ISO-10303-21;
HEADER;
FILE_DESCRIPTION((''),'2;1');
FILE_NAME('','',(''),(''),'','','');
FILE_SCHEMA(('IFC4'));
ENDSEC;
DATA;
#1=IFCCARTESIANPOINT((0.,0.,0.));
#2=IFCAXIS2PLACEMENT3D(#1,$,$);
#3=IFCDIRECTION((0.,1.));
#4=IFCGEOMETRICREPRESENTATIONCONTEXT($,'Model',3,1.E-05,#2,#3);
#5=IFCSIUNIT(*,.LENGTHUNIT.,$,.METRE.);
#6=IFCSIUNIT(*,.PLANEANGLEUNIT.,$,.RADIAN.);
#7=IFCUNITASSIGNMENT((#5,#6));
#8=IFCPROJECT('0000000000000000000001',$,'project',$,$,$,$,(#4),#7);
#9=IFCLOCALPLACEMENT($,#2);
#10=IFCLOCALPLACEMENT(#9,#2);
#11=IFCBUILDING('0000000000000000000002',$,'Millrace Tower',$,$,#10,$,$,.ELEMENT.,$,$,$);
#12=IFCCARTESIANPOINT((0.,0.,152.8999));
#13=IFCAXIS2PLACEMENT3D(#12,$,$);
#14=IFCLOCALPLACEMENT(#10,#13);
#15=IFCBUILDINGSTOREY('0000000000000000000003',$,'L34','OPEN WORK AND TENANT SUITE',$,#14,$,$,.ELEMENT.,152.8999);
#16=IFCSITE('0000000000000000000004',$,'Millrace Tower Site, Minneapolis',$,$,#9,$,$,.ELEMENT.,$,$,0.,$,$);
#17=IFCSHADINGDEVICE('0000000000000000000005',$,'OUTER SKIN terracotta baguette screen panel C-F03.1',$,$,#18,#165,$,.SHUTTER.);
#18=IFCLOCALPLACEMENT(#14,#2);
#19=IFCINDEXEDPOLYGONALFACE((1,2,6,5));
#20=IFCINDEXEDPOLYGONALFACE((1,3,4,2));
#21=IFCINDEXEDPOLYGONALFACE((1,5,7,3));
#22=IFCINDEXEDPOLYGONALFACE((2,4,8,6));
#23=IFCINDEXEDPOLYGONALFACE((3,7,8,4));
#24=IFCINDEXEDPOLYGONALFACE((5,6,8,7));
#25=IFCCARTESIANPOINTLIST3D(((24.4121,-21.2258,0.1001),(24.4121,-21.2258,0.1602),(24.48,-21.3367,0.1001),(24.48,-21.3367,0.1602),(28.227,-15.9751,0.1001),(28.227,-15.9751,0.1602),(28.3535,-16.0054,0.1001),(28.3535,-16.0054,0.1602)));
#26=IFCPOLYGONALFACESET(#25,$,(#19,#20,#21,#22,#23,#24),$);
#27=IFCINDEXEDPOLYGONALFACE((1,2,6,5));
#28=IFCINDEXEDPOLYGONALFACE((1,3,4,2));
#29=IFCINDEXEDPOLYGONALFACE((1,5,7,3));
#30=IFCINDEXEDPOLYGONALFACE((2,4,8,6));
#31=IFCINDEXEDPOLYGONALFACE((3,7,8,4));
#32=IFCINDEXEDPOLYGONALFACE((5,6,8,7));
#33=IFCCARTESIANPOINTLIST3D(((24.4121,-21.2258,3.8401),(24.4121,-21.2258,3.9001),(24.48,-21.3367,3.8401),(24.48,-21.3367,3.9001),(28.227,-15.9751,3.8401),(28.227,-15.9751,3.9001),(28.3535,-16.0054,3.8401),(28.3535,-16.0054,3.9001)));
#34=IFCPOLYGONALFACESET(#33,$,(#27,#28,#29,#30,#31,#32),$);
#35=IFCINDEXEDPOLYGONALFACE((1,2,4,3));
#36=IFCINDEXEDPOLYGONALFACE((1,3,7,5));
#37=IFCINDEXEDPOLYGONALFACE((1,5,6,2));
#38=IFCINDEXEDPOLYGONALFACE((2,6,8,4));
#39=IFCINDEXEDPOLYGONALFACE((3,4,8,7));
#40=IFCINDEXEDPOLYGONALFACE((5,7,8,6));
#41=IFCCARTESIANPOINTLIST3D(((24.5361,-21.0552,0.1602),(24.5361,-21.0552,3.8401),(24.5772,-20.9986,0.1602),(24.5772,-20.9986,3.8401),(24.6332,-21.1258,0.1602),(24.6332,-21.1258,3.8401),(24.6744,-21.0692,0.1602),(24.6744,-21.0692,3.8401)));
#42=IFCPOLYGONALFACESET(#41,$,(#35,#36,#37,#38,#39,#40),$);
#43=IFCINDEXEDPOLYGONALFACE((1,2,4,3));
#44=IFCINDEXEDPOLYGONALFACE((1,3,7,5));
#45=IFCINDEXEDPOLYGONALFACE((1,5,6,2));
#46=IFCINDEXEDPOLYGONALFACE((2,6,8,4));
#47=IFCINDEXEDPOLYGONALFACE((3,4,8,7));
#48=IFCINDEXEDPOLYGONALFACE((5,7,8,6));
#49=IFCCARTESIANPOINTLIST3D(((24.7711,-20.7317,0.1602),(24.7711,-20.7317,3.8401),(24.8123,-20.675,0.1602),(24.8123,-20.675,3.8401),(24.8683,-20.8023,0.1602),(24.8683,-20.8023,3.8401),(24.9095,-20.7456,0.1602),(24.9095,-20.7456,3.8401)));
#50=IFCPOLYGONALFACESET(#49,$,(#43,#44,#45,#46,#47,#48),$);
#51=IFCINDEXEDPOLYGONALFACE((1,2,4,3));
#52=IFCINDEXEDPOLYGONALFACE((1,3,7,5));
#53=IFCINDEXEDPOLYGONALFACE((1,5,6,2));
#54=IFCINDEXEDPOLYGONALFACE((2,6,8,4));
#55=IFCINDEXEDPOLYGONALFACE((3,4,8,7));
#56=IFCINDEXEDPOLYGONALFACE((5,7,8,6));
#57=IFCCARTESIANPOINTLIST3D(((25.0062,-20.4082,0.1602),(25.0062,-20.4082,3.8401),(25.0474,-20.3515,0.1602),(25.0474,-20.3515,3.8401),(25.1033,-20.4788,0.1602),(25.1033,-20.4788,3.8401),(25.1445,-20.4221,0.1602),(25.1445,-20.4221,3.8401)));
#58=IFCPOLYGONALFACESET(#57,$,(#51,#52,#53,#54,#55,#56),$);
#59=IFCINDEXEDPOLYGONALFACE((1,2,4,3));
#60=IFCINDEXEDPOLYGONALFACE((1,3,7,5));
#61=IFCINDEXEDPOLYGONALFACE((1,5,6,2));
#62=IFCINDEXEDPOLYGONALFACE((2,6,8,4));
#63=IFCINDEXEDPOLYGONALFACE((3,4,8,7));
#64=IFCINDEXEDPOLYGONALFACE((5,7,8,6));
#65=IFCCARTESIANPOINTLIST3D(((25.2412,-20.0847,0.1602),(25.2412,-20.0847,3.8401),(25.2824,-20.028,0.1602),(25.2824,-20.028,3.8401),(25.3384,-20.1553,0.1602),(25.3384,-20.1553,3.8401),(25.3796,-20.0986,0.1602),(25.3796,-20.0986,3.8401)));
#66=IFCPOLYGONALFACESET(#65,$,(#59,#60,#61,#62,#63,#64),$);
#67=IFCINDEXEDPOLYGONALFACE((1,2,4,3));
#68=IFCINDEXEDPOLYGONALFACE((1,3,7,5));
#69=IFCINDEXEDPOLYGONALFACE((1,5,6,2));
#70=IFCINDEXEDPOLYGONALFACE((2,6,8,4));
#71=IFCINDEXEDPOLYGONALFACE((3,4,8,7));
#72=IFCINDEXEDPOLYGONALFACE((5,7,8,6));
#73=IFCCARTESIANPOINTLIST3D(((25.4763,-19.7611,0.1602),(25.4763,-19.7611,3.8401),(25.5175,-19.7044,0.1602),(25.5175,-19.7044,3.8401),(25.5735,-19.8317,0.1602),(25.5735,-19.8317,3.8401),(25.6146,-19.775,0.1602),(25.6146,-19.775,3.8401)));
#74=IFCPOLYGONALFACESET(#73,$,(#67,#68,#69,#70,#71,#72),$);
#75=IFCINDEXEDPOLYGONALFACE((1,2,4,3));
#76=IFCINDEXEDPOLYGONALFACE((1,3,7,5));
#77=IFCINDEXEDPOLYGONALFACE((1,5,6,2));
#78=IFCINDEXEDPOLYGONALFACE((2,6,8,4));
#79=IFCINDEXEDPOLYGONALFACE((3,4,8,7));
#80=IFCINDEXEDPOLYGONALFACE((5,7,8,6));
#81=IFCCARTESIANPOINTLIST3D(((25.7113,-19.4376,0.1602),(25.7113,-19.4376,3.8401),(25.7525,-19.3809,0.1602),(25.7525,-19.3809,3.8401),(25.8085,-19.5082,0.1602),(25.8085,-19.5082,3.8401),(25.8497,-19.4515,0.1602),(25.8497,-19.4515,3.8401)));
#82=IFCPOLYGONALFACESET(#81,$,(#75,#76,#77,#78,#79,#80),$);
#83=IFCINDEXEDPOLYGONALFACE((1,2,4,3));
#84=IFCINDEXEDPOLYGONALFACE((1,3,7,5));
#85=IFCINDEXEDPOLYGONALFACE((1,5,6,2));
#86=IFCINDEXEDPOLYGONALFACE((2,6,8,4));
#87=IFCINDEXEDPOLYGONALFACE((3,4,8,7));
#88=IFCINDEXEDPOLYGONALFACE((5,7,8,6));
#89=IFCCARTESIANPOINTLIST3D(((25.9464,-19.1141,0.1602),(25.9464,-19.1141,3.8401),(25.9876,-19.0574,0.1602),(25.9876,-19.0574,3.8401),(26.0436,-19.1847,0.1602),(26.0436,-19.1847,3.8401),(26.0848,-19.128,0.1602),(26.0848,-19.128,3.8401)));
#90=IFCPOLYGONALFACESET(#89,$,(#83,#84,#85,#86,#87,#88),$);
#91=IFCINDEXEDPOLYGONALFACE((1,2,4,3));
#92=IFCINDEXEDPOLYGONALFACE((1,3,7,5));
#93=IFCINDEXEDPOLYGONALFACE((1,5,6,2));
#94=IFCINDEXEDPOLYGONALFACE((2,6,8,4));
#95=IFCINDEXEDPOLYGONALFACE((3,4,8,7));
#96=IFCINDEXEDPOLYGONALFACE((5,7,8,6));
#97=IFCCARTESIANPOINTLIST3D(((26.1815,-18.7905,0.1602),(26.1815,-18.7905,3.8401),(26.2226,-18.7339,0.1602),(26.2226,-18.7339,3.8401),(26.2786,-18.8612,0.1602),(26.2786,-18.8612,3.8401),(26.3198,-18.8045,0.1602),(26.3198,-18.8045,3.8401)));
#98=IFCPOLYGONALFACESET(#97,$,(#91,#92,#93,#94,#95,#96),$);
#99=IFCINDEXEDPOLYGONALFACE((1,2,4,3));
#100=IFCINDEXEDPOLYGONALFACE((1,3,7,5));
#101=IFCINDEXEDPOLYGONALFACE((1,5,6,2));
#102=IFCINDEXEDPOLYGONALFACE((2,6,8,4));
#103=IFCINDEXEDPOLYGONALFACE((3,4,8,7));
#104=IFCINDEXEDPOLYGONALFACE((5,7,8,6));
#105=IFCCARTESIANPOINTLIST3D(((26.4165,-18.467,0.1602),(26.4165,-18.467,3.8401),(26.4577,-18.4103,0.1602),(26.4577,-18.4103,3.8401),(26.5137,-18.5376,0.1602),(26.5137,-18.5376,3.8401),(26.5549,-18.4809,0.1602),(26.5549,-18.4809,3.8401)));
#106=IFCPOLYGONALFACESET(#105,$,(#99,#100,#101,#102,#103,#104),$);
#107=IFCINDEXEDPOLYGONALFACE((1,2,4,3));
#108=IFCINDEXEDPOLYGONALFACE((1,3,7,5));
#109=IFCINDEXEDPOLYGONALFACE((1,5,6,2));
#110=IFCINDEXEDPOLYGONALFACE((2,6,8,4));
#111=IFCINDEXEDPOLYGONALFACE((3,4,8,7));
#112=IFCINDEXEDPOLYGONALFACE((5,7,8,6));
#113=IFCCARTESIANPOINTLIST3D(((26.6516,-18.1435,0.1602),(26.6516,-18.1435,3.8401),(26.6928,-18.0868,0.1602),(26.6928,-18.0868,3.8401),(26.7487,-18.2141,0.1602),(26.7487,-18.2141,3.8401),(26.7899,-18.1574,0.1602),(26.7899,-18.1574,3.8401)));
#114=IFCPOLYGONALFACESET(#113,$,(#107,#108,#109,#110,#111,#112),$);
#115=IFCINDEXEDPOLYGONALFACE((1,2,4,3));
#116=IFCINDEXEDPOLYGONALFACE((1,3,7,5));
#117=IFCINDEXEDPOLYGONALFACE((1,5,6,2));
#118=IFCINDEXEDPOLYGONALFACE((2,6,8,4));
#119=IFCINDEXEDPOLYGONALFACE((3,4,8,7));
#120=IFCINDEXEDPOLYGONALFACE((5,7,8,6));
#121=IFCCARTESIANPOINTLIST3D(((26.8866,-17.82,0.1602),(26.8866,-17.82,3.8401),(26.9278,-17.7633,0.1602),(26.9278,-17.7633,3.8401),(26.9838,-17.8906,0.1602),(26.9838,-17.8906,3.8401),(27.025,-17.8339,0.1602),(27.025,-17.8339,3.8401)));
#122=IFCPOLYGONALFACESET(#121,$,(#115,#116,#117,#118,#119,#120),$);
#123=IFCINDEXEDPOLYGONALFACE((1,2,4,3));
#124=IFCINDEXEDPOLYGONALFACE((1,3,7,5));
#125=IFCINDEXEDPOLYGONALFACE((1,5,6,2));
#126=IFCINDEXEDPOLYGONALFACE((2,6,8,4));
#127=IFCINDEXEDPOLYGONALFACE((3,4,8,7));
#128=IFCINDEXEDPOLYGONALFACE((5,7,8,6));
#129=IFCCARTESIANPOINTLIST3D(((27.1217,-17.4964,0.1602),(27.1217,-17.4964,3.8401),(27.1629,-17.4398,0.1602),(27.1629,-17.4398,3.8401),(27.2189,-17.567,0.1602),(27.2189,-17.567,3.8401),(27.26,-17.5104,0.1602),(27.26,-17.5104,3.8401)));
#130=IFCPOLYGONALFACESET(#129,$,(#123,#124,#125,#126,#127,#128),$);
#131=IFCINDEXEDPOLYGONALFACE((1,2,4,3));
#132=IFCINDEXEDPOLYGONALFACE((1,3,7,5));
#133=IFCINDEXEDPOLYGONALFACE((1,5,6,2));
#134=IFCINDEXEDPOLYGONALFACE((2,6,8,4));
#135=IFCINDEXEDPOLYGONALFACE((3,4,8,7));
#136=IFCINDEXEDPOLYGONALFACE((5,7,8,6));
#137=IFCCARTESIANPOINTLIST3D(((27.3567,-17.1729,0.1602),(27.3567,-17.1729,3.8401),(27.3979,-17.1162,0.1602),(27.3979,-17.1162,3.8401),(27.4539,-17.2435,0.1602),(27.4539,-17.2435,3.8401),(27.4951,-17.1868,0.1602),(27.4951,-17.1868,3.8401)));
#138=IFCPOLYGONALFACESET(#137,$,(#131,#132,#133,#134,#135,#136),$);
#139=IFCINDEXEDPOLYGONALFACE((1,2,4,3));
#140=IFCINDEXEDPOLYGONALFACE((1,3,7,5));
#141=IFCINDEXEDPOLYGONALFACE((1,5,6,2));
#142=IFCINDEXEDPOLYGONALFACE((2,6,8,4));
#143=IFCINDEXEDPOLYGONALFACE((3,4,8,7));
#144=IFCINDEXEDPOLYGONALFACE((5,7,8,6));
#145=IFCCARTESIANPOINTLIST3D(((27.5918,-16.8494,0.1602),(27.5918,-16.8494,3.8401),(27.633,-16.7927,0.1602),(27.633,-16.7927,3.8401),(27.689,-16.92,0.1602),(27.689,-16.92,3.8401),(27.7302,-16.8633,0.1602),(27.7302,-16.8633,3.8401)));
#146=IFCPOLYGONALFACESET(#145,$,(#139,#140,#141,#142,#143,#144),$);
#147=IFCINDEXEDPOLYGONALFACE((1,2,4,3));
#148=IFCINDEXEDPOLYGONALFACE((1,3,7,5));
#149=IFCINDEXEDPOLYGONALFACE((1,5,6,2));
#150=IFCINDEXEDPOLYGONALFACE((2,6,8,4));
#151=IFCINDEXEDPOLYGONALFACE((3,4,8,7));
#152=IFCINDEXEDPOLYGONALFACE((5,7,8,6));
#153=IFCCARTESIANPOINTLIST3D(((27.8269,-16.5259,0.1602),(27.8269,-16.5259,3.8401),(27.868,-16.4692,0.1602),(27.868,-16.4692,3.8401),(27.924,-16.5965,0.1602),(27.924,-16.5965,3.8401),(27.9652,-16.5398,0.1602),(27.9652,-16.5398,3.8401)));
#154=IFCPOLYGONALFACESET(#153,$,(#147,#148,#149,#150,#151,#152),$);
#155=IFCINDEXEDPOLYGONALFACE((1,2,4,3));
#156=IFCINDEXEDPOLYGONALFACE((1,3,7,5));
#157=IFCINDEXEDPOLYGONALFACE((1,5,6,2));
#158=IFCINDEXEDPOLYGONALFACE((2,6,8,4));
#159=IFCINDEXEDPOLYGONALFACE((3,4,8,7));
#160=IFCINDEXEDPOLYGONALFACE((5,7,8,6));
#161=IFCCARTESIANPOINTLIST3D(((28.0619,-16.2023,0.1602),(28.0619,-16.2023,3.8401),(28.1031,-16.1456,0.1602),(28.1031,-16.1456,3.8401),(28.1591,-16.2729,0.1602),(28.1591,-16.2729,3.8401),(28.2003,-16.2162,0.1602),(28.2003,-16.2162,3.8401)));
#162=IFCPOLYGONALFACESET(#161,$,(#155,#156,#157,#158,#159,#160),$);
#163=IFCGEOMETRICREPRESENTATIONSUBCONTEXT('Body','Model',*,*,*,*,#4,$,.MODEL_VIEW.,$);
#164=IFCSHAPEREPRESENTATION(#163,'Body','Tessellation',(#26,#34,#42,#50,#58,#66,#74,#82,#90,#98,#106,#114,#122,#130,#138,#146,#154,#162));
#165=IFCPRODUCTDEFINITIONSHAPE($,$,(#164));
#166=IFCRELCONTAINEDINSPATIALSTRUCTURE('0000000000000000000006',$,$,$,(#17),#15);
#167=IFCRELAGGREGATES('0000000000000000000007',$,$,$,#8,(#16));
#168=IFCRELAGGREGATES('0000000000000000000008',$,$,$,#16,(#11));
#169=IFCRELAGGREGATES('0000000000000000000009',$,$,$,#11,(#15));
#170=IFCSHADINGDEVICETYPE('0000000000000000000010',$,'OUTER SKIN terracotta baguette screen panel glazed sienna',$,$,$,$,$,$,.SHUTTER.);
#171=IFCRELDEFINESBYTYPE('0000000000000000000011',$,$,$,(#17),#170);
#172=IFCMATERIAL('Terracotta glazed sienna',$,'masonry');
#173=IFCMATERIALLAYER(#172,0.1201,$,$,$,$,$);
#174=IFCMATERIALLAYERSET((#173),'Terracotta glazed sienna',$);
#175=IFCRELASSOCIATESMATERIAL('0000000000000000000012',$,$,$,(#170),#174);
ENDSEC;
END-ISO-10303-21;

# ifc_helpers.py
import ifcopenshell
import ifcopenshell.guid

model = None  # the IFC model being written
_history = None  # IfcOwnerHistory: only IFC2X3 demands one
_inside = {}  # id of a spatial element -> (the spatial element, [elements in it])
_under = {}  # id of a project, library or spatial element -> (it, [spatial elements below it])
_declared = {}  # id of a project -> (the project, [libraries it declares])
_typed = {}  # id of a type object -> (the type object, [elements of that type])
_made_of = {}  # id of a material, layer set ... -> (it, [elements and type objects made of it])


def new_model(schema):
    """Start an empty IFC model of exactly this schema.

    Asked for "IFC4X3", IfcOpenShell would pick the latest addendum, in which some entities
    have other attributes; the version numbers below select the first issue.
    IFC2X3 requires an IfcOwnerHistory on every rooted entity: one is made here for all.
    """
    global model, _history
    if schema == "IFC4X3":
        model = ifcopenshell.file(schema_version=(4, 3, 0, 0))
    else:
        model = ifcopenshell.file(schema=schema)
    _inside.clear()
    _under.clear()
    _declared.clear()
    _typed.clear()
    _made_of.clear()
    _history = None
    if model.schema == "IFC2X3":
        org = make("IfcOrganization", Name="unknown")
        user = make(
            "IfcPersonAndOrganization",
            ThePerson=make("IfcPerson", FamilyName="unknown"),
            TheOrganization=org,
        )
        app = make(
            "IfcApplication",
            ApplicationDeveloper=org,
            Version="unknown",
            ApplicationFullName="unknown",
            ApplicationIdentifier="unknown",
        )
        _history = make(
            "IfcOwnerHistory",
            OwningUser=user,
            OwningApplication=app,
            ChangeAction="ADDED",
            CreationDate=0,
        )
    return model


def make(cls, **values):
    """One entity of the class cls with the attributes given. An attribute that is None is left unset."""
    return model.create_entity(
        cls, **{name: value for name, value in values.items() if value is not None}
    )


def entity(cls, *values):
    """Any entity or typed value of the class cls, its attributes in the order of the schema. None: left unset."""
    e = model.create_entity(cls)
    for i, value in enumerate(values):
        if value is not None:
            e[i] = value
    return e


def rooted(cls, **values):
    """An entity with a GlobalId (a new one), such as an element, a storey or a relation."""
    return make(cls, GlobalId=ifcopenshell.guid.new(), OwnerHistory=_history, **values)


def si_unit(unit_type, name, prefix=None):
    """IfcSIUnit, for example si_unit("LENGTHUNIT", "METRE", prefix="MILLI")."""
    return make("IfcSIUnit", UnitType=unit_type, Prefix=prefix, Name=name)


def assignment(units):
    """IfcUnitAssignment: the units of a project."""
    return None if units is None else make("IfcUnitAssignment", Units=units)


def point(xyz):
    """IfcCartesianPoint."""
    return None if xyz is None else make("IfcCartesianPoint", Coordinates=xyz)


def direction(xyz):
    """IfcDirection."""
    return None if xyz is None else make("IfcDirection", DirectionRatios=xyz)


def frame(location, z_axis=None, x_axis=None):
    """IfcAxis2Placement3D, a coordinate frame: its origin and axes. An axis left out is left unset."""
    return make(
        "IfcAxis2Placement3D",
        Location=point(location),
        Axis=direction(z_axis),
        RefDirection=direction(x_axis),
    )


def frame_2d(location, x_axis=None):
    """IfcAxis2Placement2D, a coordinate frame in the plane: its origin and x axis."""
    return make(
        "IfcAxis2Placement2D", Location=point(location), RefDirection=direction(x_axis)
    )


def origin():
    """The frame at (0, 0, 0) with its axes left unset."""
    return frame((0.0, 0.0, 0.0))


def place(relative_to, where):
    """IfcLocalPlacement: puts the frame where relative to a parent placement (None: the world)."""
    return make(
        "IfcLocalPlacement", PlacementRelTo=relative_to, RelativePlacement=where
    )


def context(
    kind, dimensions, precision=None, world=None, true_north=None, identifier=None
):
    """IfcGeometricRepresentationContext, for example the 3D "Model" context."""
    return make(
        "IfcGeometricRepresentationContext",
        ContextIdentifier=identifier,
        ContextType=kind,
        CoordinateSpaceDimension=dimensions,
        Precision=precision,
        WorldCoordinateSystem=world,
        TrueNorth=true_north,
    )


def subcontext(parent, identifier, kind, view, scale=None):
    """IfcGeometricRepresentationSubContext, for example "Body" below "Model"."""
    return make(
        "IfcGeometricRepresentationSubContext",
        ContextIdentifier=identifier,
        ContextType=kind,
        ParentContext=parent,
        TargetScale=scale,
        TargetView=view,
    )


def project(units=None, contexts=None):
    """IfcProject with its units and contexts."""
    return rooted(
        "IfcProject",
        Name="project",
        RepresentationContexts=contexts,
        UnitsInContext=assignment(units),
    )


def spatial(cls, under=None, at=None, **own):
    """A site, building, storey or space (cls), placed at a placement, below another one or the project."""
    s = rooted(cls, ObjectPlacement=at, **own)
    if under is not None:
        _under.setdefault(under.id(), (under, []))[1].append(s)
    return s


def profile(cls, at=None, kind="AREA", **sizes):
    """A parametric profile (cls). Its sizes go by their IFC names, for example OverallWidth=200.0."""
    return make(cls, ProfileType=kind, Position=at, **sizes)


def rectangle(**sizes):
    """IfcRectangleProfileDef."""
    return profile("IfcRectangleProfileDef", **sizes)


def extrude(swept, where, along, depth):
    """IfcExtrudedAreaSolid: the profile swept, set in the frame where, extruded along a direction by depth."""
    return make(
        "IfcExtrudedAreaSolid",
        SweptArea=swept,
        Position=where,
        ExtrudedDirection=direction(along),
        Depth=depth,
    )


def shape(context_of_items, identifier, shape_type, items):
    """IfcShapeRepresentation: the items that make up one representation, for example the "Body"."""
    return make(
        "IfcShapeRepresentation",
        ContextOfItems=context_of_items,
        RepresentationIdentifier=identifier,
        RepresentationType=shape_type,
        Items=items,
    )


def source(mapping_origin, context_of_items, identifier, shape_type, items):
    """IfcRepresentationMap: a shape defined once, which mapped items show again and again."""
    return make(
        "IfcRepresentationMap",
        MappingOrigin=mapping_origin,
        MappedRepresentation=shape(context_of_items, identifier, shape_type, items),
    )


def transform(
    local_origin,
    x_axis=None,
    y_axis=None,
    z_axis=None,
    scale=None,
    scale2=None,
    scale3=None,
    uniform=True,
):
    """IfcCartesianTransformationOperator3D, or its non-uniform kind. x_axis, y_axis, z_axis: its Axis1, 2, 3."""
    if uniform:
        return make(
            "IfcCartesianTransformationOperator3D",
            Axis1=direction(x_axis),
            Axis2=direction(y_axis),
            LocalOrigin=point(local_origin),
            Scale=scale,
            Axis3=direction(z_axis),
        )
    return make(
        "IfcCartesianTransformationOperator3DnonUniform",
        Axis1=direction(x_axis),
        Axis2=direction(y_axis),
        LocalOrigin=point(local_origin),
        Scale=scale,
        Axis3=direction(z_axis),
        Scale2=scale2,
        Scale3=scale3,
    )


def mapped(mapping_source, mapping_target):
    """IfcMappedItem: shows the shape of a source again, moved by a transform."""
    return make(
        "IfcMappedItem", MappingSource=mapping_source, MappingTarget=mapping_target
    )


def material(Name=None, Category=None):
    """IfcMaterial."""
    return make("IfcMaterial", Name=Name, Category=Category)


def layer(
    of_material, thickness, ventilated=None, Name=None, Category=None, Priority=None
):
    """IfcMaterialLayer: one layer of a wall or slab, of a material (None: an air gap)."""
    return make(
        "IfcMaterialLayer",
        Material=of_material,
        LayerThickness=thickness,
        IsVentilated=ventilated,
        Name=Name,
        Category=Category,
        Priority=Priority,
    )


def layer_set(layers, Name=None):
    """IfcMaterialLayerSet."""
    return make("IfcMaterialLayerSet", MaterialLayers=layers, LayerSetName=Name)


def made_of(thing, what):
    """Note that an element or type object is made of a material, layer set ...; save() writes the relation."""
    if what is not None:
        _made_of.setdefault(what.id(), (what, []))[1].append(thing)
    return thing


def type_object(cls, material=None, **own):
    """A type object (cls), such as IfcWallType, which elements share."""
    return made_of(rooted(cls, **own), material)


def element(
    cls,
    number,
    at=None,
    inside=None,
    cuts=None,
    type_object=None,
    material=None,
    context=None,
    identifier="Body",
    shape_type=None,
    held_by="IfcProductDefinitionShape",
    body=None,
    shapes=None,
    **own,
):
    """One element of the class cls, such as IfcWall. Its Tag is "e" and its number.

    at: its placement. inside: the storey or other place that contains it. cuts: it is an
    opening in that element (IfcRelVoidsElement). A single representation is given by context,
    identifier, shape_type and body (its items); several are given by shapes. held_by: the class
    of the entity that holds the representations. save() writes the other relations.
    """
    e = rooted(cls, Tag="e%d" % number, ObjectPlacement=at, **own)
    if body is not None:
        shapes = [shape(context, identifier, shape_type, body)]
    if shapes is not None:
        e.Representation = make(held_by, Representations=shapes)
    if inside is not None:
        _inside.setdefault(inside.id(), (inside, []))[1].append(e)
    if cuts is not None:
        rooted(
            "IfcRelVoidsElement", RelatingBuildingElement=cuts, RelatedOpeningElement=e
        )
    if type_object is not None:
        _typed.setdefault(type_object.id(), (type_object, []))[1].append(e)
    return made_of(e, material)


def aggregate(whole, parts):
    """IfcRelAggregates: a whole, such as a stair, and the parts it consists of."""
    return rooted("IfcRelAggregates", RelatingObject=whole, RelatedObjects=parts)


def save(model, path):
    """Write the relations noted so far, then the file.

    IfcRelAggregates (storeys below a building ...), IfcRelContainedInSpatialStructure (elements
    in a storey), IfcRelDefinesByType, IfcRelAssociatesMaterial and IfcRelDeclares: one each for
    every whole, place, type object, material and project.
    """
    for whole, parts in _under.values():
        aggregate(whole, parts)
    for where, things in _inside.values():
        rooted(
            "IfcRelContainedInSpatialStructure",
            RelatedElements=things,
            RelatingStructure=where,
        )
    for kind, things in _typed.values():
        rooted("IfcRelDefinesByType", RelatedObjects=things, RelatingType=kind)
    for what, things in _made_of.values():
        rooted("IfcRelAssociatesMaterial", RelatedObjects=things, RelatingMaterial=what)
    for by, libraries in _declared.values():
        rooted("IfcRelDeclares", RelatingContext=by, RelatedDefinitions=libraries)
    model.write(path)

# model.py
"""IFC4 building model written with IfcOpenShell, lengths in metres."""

from ifc_helpers import new_model, entity, si_unit, direction, frame, frame_2d, origin, place, context, subcontext, project, spatial, rectangle, extrude, source, transform, mapped, material, layer, layer_set, type_object, element, save


model = new_model("IFC4")

# Units and contexts
model_context = context("Model", 3, precision=1e-05, world=origin(), true_north=direction((0.0, 1.0)))
body_context = subcontext(model_context, "Body", "Model", "MODEL_VIEW")
ifc_project = project(units=[si_unit("LENGTHUNIT", "METRE"), si_unit("PLANEANGLEUNIT", "RADIAN")], contexts=[model_context])

# Site, building, storey
site_placement = place(None, origin())
site = spatial("IfcSite", under=ifc_project, at=site_placement, Name="Millrace Tower Site, Minneapolis", CompositionType="ELEMENT", RefElevation=0.0)
building_placement = place(site_placement, origin())
building = spatial("IfcBuilding", under=site, at=building_placement, Name="Millrace Tower", CompositionType="ELEMENT")
storey_placement = place(building_placement, frame((0.0, 0.0, 152.8999)))
storey = spatial("IfcBuildingStorey", under=building, at=storey_placement, Name="L34", Description="OPEN WORK AND TENANT SUITE", CompositionType="ELEMENT", Elevation=152.8999)

# Shading device
ifc_material_1 = material(Name="Terracotta glazed sienna", Category="masonry")
ifc_layer_1 = layer(ifc_material_1, 0.1201)
ifc_layer_set_1 = layer_set([ifc_layer_1], Name="Terracotta glazed sienna")
shading_device_type = type_object("IfcShadingDeviceType", Name="OUTER SKIN terracotta baguette screen panel glazed sienna", PredefinedType="SHUTTER", material=ifc_layer_set_1)
cartesian_point_1 = entity("IfcCartesianPoint", [-3.2451, 0.0601])
shared_polyline_1 = entity("IfcPolyline", [cartesian_point_1, entity("IfcCartesianPoint", [3.2451, 0.0601]), entity("IfcCartesianPoint", [3.2949, -0.0601]), entity("IfcCartesianPoint", [-3.2949, -0.0601]), cartesian_point_1])
shared_shape_1 = source(origin(), body_context, "Body", "SweptSolid", [
    entity("IfcExtrudedAreaSolid", entity("IfcArbitraryClosedProfileDef", "AREA", None, shared_polyline_1), entity("IfcAxis2Placement3D", entity("IfcCartesianPoint", [0.0, 0.0, 0.0])), entity("IfcDirection", [0.0, 0.0, 1.0]), 0.0601),
    entity("IfcExtrudedAreaSolid", entity("IfcArbitraryClosedProfileDef", "AREA", None, shared_polyline_1), entity("IfcAxis2Placement3D", entity("IfcCartesianPoint", [0.0, 0.0, 3.74])), entity("IfcDirection", [0.0, 0.0, 1.0]), 0.0601),
    extrude(rectangle(XDim=0.0701, YDim=0.1201, at=frame_2d((-2.9993, 0.0))), frame((0.0, 0.0, 0.0601)), (0.0, 0.0, 1.0), 3.6799),
    extrude(rectangle(XDim=0.0701, YDim=0.1201, at=frame_2d((-2.5994, 0.0))), frame((0.0, 0.0, 0.0601)), (0.0, 0.0, 1.0), 3.6799),
    extrude(rectangle(XDim=0.0701, YDim=0.1201, at=frame_2d((-2.1995, 0.0))), frame((0.0, 0.0, 0.0601)), (0.0, 0.0, 1.0), 3.6799),
    extrude(rectangle(XDim=0.0701, YDim=0.1201, at=frame_2d((-1.7996, 0.0))), frame((0.0, 0.0, 0.0601)), (0.0, 0.0, 1.0), 3.6799),
    extrude(rectangle(XDim=0.0701, YDim=0.1201, at=frame_2d((-1.3997, 0.0))), frame((0.0, 0.0, 0.0601)), (0.0, 0.0, 1.0), 3.6799),
    extrude(rectangle(XDim=0.0701, YDim=0.1201, at=frame_2d((-0.9998, 0.0))), frame((0.0, 0.0, 0.0601)), (0.0, 0.0, 1.0), 3.6799),
    extrude(rectangle(XDim=0.0701, YDim=0.1201, at=frame_2d((-0.5999, 0.0))), frame((0.0, 0.0, 0.0601)), (0.0, 0.0, 1.0), 3.6799),
    extrude(rectangle(XDim=0.0701, YDim=0.1201, at=frame_2d((-0.2, 0.0))), frame((0.0, 0.0, 0.0601)), (0.0, 0.0, 1.0), 3.6799),
    extrude(rectangle(XDim=0.0701, YDim=0.1201, at=frame_2d((0.2, 0.0))), frame((0.0, 0.0, 0.0601)), (0.0, 0.0, 1.0), 3.6799),
    extrude(rectangle(XDim=0.0701, YDim=0.1201, at=frame_2d((0.5999, 0.0))), frame((0.0, 0.0, 0.0601)), (0.0, 0.0, 1.0), 3.6799),
    extrude(rectangle(XDim=0.0701, YDim=0.1201, at=frame_2d((0.9998, 0.0))), frame((0.0, 0.0, 0.0601)), (0.0, 0.0, 1.0), 3.6799),
    extrude(rectangle(XDim=0.0701, YDim=0.1201, at=frame_2d((1.3997, 0.0))), frame((0.0, 0.0, 0.0601)), (0.0, 0.0, 1.0), 3.6799),
    extrude(rectangle(XDim=0.0701, YDim=0.1201, at=frame_2d((1.7996, 0.0))), frame((0.0, 0.0, 0.0601)), (0.0, 0.0, 1.0), 3.6799),
    extrude(rectangle(XDim=0.0701, YDim=0.1201, at=frame_2d((2.1995, 0.0))), frame((0.0, 0.0, 0.0601)), (0.0, 0.0, 1.0), 3.6799),
    extrude(rectangle(XDim=0.0701, YDim=0.1201, at=frame_2d((2.5994, 0.0))), frame((0.0, 0.0, 0.0601)), (0.0, 0.0, 1.0), 3.6799),
    extrude(rectangle(XDim=0.0701, YDim=0.1201, at=frame_2d((2.9993, 0.0))), frame((0.0, 0.0, 0.0601)), (0.0, 0.0, 1.0), 3.6799),
])
shading_device_1_placement = place(storey_placement, frame((26.3682, -18.6357, 0.1001), z_axis=(0.0, 0.0, 1.0), x_axis=(0.587785, 0.809017, 0.0)))
element("IfcShadingDevice", 1, at=shading_device_1_placement, inside=storey, type_object=shading_device_type, Name="OUTER SKIN terracotta baguette screen panel C-F03.1", PredefinedType="SHUTTER", context=body_context, shape_type="MappedRepresentation", body=[
    mapped(shared_shape_1, transform((0.0, 0.0, 0.0), scale=1.0)),
])

save(model, "model.ifc")
